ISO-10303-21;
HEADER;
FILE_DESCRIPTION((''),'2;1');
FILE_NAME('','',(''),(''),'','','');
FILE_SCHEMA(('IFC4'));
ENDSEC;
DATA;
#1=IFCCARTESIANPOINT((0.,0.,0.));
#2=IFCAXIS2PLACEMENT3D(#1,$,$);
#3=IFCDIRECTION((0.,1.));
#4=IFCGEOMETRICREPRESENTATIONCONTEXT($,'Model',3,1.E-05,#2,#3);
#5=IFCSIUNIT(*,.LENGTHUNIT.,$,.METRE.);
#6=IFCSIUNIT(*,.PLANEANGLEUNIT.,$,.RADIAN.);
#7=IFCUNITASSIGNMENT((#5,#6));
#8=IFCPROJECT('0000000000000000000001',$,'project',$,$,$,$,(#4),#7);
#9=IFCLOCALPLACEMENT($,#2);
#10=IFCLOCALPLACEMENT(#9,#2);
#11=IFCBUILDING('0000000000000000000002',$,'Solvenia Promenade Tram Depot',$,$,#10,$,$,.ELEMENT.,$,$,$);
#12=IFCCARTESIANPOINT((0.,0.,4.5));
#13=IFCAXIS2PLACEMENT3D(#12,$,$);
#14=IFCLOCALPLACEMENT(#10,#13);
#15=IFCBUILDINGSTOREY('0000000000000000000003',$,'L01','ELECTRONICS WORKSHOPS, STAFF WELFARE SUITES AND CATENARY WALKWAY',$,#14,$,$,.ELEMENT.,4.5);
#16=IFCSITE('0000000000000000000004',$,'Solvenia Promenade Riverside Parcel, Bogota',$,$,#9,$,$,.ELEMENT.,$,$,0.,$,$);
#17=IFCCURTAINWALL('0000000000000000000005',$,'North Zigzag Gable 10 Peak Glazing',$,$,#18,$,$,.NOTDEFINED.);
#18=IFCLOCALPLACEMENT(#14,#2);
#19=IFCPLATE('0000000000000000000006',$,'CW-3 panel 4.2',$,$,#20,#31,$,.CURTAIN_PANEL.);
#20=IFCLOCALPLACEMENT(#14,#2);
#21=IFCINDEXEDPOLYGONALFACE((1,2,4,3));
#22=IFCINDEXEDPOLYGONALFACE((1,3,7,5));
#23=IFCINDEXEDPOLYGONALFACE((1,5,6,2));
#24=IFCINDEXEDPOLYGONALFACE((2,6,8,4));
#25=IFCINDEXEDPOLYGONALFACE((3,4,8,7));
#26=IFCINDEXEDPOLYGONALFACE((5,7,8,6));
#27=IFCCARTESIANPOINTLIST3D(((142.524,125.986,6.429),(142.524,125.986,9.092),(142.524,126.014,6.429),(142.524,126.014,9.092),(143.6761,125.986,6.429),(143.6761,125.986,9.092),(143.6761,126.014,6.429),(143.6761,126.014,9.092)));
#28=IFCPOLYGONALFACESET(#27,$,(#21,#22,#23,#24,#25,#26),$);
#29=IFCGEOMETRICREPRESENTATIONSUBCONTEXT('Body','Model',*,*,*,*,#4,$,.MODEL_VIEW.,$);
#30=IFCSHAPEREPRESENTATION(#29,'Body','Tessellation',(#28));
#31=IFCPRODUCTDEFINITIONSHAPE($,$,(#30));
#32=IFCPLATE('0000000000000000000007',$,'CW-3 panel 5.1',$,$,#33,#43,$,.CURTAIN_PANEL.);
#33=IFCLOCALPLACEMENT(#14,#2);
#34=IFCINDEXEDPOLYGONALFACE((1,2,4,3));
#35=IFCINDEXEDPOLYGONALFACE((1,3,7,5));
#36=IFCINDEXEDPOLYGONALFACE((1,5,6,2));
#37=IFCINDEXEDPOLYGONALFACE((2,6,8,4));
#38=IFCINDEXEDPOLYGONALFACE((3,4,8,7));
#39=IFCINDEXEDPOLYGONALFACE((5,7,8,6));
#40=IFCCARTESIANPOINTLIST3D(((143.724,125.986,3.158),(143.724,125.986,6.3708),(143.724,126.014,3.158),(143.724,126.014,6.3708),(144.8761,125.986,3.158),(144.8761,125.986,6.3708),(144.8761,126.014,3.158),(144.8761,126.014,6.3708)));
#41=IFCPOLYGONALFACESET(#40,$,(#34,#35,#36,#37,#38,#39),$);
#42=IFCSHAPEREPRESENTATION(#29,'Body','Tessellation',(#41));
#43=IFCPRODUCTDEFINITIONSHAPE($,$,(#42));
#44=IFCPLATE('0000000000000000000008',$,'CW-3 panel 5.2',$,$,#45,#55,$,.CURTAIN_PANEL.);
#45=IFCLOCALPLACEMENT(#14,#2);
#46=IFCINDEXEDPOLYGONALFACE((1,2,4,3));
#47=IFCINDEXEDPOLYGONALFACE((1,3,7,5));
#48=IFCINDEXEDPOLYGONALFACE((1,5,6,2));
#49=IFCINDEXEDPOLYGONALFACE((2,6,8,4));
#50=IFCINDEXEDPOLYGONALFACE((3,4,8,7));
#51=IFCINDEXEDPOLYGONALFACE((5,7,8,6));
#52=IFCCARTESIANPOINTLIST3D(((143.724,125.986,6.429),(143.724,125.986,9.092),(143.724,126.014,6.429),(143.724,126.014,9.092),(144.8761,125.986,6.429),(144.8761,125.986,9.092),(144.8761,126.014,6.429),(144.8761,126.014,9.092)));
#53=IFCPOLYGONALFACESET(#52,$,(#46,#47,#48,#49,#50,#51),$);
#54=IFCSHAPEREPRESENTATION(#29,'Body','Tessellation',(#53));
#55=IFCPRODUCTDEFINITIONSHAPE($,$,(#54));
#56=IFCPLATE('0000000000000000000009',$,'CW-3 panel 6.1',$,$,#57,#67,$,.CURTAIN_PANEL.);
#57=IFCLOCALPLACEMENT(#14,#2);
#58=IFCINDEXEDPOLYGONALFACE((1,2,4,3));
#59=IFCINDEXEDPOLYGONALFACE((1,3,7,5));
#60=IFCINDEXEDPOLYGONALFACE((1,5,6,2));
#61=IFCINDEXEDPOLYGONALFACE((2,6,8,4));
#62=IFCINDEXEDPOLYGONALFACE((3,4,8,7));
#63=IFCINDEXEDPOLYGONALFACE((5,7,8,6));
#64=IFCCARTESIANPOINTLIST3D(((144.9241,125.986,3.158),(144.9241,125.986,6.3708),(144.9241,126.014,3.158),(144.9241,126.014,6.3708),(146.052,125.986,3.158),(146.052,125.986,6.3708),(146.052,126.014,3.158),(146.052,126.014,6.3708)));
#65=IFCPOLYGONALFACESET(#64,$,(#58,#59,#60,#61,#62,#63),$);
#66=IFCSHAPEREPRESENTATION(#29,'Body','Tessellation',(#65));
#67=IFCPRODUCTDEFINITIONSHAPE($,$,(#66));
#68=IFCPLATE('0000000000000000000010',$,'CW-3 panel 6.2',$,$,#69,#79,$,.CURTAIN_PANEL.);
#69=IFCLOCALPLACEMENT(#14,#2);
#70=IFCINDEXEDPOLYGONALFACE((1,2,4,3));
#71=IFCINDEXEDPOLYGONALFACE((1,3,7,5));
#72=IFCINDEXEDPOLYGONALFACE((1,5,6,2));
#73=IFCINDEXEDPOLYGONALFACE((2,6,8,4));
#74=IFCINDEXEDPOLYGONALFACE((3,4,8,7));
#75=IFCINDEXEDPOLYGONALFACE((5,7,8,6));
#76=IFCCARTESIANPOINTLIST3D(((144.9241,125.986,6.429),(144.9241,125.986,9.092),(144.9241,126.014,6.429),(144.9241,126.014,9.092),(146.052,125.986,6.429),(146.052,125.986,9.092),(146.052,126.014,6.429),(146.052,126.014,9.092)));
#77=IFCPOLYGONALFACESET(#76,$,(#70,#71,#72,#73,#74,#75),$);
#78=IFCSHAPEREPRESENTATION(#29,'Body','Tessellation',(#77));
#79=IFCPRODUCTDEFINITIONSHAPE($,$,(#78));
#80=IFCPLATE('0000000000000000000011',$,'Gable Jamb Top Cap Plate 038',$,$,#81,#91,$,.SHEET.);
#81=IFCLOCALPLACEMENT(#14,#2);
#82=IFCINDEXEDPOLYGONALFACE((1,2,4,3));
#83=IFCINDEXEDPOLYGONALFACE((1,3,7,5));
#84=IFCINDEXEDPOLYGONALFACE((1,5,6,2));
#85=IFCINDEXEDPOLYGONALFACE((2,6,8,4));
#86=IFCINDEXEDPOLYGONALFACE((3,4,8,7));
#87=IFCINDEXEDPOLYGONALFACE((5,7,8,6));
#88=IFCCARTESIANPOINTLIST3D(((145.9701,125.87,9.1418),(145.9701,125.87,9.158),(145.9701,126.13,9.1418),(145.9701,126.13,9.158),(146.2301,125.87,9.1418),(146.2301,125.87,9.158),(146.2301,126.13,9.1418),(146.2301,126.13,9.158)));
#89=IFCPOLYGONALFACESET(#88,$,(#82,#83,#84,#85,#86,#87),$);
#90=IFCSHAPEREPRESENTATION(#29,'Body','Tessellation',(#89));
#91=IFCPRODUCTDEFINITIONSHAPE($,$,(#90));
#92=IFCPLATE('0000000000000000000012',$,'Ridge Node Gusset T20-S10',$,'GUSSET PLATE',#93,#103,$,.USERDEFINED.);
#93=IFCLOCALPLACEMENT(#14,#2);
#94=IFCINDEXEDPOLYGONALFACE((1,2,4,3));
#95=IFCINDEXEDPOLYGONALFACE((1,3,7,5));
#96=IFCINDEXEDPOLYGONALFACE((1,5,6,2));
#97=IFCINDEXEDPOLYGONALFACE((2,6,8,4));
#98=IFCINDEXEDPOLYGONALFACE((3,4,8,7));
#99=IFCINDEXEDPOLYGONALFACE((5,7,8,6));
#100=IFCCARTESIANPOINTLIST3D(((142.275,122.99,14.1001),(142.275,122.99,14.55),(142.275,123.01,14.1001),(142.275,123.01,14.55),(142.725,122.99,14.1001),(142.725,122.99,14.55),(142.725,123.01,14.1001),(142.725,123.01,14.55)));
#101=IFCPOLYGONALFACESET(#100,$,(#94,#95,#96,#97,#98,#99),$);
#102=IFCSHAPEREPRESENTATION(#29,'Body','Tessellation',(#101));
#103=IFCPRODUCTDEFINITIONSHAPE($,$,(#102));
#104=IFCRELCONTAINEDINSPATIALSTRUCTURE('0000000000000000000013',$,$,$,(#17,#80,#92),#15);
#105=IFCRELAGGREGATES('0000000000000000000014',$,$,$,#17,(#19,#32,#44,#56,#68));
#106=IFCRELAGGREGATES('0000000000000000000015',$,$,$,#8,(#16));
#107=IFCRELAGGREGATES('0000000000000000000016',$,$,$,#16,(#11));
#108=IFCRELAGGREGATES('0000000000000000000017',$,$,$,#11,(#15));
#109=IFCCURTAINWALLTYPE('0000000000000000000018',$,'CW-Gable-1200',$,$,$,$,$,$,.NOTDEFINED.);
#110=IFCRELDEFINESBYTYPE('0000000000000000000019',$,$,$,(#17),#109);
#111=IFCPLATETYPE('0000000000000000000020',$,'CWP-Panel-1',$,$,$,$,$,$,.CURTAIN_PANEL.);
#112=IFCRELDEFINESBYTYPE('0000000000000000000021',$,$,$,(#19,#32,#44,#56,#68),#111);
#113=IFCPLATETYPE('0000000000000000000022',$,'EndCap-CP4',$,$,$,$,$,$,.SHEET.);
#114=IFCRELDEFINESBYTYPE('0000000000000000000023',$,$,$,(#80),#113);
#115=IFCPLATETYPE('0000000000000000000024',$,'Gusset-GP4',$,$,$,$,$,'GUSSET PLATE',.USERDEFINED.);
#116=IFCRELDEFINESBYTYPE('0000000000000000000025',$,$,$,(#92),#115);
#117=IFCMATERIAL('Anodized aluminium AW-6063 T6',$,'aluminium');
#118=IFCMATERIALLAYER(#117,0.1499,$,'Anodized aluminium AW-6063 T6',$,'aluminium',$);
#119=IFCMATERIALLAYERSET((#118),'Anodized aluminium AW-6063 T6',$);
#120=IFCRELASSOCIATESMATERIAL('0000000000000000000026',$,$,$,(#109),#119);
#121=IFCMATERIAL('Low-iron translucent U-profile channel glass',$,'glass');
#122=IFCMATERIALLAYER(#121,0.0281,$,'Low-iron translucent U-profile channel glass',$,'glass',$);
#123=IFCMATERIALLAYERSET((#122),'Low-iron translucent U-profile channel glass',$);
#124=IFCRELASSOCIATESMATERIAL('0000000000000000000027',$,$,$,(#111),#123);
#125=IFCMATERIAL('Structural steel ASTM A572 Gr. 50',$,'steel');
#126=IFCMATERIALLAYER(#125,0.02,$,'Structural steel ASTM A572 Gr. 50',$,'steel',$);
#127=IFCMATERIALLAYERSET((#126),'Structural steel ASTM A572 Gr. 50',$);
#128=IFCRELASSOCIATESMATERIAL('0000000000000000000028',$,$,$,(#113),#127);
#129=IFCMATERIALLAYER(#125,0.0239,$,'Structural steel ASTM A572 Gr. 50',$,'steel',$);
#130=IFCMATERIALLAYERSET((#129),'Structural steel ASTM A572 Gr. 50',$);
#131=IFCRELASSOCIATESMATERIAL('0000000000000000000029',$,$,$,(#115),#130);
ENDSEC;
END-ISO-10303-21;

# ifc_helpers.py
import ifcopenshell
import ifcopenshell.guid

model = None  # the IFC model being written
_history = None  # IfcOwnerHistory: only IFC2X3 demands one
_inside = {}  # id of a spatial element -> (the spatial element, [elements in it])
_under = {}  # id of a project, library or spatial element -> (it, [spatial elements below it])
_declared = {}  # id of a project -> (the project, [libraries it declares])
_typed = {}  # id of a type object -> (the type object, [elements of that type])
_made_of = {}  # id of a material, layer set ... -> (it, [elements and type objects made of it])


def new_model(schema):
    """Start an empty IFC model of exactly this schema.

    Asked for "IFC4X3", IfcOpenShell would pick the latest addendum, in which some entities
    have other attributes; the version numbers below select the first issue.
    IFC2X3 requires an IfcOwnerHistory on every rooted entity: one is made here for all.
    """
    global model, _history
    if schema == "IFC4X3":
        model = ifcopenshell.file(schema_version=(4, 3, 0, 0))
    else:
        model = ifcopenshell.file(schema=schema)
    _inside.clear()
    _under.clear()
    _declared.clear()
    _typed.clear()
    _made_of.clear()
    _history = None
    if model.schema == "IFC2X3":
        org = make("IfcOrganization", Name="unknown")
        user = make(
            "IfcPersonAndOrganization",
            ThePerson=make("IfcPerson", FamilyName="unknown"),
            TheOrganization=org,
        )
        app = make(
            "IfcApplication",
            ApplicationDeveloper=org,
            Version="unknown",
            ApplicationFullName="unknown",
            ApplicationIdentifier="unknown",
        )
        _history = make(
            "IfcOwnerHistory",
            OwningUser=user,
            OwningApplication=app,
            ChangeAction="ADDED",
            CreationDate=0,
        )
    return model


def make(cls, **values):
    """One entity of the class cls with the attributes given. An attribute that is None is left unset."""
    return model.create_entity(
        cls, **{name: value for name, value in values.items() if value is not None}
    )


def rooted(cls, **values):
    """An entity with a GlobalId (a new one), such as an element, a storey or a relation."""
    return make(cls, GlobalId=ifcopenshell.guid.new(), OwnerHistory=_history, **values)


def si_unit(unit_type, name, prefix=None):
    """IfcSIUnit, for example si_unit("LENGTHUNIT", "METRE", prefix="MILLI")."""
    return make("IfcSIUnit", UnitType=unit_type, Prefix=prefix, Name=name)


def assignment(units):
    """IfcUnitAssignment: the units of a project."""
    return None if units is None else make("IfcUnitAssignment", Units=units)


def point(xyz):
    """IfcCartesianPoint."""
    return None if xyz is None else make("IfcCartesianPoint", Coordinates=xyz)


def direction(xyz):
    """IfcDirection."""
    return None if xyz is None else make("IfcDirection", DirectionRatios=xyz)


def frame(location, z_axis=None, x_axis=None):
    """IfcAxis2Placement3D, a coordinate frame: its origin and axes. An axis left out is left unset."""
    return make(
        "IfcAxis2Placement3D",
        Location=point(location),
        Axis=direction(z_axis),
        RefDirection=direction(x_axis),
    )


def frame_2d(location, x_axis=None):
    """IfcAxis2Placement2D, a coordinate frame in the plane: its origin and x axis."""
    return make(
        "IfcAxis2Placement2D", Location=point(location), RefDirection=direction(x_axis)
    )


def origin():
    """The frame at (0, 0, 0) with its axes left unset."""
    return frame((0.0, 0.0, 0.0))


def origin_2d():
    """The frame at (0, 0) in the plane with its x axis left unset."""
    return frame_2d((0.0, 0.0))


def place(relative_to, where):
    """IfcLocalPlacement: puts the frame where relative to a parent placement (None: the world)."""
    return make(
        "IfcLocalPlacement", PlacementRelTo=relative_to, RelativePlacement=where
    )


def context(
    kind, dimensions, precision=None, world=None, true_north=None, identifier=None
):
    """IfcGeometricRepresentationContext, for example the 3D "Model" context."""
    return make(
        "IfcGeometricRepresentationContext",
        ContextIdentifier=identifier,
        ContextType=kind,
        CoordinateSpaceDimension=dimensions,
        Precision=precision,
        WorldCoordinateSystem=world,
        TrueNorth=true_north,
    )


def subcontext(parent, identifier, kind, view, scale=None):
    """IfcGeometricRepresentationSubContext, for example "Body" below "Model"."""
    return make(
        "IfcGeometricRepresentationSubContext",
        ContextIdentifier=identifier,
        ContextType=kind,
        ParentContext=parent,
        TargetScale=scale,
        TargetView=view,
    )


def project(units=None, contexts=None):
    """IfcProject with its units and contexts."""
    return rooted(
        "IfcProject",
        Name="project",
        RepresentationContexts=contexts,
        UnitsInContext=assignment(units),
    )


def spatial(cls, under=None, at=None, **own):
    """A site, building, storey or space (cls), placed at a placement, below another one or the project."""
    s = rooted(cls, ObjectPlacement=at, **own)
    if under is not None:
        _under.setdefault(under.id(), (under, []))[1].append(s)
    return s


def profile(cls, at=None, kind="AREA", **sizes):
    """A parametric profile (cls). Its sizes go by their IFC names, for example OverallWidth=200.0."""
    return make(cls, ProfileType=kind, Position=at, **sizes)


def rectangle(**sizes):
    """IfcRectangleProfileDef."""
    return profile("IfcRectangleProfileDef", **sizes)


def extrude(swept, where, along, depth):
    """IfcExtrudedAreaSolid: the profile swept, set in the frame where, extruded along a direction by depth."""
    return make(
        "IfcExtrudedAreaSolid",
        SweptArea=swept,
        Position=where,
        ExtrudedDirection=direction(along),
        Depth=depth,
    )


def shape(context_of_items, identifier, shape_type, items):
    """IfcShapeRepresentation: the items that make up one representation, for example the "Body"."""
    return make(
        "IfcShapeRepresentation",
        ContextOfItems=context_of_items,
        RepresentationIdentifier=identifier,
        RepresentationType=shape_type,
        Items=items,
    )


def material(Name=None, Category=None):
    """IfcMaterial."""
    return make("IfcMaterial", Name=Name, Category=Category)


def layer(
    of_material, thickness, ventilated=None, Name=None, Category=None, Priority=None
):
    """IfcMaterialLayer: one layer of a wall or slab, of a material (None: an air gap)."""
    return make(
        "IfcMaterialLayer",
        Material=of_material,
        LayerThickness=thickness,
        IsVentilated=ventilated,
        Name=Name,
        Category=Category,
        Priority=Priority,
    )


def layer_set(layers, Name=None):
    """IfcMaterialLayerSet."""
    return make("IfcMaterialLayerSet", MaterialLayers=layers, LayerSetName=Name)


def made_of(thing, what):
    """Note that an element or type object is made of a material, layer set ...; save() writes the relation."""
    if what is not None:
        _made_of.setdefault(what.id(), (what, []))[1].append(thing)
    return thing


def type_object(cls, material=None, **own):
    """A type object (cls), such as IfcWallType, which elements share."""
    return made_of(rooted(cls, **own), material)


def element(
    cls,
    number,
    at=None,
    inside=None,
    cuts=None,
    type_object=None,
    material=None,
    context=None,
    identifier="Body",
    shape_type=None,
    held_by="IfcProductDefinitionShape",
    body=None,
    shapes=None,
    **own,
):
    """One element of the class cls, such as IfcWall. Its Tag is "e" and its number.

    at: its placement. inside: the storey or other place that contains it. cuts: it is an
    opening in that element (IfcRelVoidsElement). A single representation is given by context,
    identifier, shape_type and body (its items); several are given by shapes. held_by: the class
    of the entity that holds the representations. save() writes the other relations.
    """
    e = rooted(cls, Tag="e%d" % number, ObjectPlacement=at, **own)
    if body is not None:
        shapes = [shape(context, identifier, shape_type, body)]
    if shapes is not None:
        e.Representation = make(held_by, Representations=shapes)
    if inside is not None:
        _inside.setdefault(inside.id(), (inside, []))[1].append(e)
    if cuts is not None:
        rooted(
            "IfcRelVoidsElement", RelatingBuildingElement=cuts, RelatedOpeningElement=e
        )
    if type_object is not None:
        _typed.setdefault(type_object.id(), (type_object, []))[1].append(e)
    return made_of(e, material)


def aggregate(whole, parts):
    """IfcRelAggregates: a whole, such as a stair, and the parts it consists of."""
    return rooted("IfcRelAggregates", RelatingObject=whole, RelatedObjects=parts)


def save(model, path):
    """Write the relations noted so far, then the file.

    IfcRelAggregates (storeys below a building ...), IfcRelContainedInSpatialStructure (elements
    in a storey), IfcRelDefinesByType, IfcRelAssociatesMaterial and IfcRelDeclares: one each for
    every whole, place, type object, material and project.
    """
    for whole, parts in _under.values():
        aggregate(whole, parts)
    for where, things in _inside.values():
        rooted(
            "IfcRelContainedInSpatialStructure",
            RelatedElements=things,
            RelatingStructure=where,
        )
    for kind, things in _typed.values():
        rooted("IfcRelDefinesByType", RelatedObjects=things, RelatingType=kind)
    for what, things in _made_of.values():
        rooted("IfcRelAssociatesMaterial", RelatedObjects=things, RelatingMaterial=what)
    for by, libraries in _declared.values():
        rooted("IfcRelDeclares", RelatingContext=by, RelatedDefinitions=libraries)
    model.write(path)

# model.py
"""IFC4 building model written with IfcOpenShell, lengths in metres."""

from ifc_helpers import new_model, si_unit, direction, frame, origin, origin_2d, place, context, subcontext, project, spatial, rectangle, extrude, material, layer, layer_set, type_object, element, aggregate, save


model = new_model("IFC4")

# Units and contexts
model_context = context("Model", 3, precision=1e-05, world=origin(), true_north=direction((0.0, 1.0)))
body_context = subcontext(model_context, "Body", "Model", "MODEL_VIEW")
ifc_project = project(units=[si_unit("LENGTHUNIT", "METRE"), si_unit("PLANEANGLEUNIT", "RADIAN")], contexts=[model_context])

# Site, building, storey
site_placement = place(None, origin())
site = spatial("IfcSite", under=ifc_project, at=site_placement, Name="Solvenia Promenade Riverside Parcel, Bogota", CompositionType="ELEMENT", RefElevation=0.0)
building_placement = place(site_placement, origin())
building = spatial("IfcBuilding", under=site, at=building_placement, Name="Solvenia Promenade Tram Depot", CompositionType="ELEMENT")
storey_placement = place(building_placement, frame((0.0, 0.0, 4.5)))
storey = spatial("IfcBuildingStorey", under=building, at=storey_placement, Name="L01", Description="ELECTRONICS WORKSHOPS, STAFF WELFARE SUITES AND CATENARY WALKWAY", CompositionType="ELEMENT", Elevation=4.5)

# Curtain wall
ifc_material_1 = material(Name="Anodized aluminium AW-6063 T6", Category="aluminium")
ifc_layer_1 = layer(ifc_material_1, 0.1499, Name="Anodized aluminium AW-6063 T6", Category="aluminium")
ifc_layer_set_1 = layer_set([ifc_layer_1], Name="Anodized aluminium AW-6063 T6")
curtain_wall_type = type_object("IfcCurtainWallType", Name="CW-Gable-1200", PredefinedType="NOTDEFINED", material=ifc_layer_set_1)
curtain_wall_placement = place(storey_placement, origin())
curtain_wall = element("IfcCurtainWall", 1, at=curtain_wall_placement, inside=storey, type_object=curtain_wall_type, Name="North Zigzag Gable 10 Peak Glazing", PredefinedType="NOTDEFINED")

# Plates
ifc_material_2 = material(Name="Low-iron translucent U-profile channel glass", Category="glass")
ifc_layer_2 = layer(ifc_material_2, 0.0281, Name="Low-iron translucent U-profile channel glass", Category="glass")
ifc_layer_set_2 = layer_set([ifc_layer_2], Name="Low-iron translucent U-profile channel glass")
plate_type_1 = type_object("IfcPlateType", Name="CWP-Panel-1", PredefinedType="CURTAIN_PANEL", material=ifc_layer_set_2)
plate_1_placement = place(storey_placement, frame((143.1001, 126.0, 6.429), z_axis=(0.0, 0.0, 1.0), x_axis=(1.0, 0.0, 0.0)))
plate_1 = element("IfcPlate", 2, at=plate_1_placement, type_object=plate_type_1, Name="CW-3 panel 4.2", PredefinedType="CURTAIN_PANEL", context=body_context, shape_type="SweptSolid", body=[
    extrude(rectangle(XDim=1.1521, YDim=0.0281, at=origin_2d()), origin(), (0.0, 0.0, 1.0), 2.6631),
])
plate_2_placement = place(storey_placement, frame((144.3, 126.0, 3.158), z_axis=(0.0, 0.0, 1.0), x_axis=(1.0, 0.0, 0.0)))
plate_2 = element("IfcPlate", 3, at=plate_2_placement, type_object=plate_type_1, Name="CW-3 panel 5.1", PredefinedType="CURTAIN_PANEL", context=body_context, shape_type="SweptSolid", body=[
    extrude(rectangle(XDim=1.1521, YDim=0.0281, at=origin_2d()), origin(), (0.0, 0.0, 1.0), 3.2129),
])
plate_3_placement = place(storey_placement, frame((144.3, 126.0, 6.429), z_axis=(0.0, 0.0, 1.0), x_axis=(1.0, 0.0, 0.0)))
plate_3 = element("IfcPlate", 4, at=plate_3_placement, type_object=plate_type_1, Name="CW-3 panel 5.2", PredefinedType="CURTAIN_PANEL", context=body_context, shape_type="SweptSolid", body=[
    extrude(rectangle(XDim=1.1521, YDim=0.0281, at=origin_2d()), origin(), (0.0, 0.0, 1.0), 2.6631),
])
plate_4_placement = place(storey_placement, frame((145.488, 126.0, 3.158), z_axis=(0.0, 0.0, 1.0), x_axis=(1.0, 0.0, 0.0)))
plate_4 = element("IfcPlate", 5, at=plate_4_placement, type_object=plate_type_1, Name="CW-3 panel 6.1", PredefinedType="CURTAIN_PANEL", context=body_context, shape_type="SweptSolid", body=[
    extrude(rectangle(XDim=1.1279, YDim=0.0281, at=origin_2d()), origin(), (0.0, 0.0, 1.0), 3.2129),
])
plate_5_placement = place(storey_placement, frame((145.488, 126.0, 6.429), z_axis=(0.0, 0.0, 1.0), x_axis=(1.0, 0.0, 0.0)))
plate_5 = element("IfcPlate", 6, at=plate_5_placement, type_object=plate_type_1, Name="CW-3 panel 6.2", PredefinedType="CURTAIN_PANEL", context=body_context, shape_type="SweptSolid", body=[
    extrude(rectangle(XDim=1.1279, YDim=0.0281, at=origin_2d()), origin(), (0.0, 0.0, 1.0), 2.6631),
])
aggregate(curtain_wall, [plate_1, plate_2, plate_3, plate_4, plate_5])

# Plates
ifc_material_3 = material(Name="Structural steel ASTM A572 Gr. 50", Category="steel")
ifc_layer_3 = layer(ifc_material_3, 0.02, Name="Structural steel ASTM A572 Gr. 50", Category="steel")
ifc_layer_set_3 = layer_set([ifc_layer_3], Name="Structural steel ASTM A572 Gr. 50")
plate_type_2 = type_object("IfcPlateType", Name="EndCap-CP4", PredefinedType="SHEET", material=ifc_layer_set_3)
plate_6_placement = place(storey_placement, frame((146.1001, 126.0, 9.1418), z_axis=(0.0, 0.0, 1.0), x_axis=(1.0, 0.0, 0.0)))
element("IfcPlate", 7, at=plate_6_placement, inside=storey, type_object=plate_type_2, Name="Gable Jamb Top Cap Plate 038", PredefinedType="SHEET", context=body_context, shape_type="SweptSolid", body=[
    extrude(rectangle(XDim=0.26, YDim=0.26, at=origin_2d()), origin(), (0.0, 0.0, 1.0), 0.0161),
])
ifc_layer_4 = layer(ifc_material_3, 0.0239, Name="Structural steel ASTM A572 Gr. 50", Category="steel")
ifc_layer_set_4 = layer_set([ifc_layer_4], Name="Structural steel ASTM A572 Gr. 50")
plate_type_3 = type_object("IfcPlateType", Name="Gusset-GP4", ElementType="GUSSET PLATE", PredefinedType="USERDEFINED", material=ifc_layer_set_4)
plate_7_placement = place(storey_placement, frame((142.5, 123.0, 14.1001), z_axis=(0.0, 0.0, 1.0), x_axis=(1.0, 0.0, 0.0)))
element("IfcPlate", 8, at=plate_7_placement, inside=storey, type_object=plate_type_3, Name="Ridge Node Gusset T20-S10", ObjectType="GUSSET PLATE", PredefinedType="USERDEFINED", context=body_context, shape_type="SweptSolid", body=[
    extrude(rectangle(XDim=0.45, YDim=0.02, at=origin_2d()), origin(), (0.0, 0.0, 1.0), 0.45),
])

save(model, "model.ifc")
